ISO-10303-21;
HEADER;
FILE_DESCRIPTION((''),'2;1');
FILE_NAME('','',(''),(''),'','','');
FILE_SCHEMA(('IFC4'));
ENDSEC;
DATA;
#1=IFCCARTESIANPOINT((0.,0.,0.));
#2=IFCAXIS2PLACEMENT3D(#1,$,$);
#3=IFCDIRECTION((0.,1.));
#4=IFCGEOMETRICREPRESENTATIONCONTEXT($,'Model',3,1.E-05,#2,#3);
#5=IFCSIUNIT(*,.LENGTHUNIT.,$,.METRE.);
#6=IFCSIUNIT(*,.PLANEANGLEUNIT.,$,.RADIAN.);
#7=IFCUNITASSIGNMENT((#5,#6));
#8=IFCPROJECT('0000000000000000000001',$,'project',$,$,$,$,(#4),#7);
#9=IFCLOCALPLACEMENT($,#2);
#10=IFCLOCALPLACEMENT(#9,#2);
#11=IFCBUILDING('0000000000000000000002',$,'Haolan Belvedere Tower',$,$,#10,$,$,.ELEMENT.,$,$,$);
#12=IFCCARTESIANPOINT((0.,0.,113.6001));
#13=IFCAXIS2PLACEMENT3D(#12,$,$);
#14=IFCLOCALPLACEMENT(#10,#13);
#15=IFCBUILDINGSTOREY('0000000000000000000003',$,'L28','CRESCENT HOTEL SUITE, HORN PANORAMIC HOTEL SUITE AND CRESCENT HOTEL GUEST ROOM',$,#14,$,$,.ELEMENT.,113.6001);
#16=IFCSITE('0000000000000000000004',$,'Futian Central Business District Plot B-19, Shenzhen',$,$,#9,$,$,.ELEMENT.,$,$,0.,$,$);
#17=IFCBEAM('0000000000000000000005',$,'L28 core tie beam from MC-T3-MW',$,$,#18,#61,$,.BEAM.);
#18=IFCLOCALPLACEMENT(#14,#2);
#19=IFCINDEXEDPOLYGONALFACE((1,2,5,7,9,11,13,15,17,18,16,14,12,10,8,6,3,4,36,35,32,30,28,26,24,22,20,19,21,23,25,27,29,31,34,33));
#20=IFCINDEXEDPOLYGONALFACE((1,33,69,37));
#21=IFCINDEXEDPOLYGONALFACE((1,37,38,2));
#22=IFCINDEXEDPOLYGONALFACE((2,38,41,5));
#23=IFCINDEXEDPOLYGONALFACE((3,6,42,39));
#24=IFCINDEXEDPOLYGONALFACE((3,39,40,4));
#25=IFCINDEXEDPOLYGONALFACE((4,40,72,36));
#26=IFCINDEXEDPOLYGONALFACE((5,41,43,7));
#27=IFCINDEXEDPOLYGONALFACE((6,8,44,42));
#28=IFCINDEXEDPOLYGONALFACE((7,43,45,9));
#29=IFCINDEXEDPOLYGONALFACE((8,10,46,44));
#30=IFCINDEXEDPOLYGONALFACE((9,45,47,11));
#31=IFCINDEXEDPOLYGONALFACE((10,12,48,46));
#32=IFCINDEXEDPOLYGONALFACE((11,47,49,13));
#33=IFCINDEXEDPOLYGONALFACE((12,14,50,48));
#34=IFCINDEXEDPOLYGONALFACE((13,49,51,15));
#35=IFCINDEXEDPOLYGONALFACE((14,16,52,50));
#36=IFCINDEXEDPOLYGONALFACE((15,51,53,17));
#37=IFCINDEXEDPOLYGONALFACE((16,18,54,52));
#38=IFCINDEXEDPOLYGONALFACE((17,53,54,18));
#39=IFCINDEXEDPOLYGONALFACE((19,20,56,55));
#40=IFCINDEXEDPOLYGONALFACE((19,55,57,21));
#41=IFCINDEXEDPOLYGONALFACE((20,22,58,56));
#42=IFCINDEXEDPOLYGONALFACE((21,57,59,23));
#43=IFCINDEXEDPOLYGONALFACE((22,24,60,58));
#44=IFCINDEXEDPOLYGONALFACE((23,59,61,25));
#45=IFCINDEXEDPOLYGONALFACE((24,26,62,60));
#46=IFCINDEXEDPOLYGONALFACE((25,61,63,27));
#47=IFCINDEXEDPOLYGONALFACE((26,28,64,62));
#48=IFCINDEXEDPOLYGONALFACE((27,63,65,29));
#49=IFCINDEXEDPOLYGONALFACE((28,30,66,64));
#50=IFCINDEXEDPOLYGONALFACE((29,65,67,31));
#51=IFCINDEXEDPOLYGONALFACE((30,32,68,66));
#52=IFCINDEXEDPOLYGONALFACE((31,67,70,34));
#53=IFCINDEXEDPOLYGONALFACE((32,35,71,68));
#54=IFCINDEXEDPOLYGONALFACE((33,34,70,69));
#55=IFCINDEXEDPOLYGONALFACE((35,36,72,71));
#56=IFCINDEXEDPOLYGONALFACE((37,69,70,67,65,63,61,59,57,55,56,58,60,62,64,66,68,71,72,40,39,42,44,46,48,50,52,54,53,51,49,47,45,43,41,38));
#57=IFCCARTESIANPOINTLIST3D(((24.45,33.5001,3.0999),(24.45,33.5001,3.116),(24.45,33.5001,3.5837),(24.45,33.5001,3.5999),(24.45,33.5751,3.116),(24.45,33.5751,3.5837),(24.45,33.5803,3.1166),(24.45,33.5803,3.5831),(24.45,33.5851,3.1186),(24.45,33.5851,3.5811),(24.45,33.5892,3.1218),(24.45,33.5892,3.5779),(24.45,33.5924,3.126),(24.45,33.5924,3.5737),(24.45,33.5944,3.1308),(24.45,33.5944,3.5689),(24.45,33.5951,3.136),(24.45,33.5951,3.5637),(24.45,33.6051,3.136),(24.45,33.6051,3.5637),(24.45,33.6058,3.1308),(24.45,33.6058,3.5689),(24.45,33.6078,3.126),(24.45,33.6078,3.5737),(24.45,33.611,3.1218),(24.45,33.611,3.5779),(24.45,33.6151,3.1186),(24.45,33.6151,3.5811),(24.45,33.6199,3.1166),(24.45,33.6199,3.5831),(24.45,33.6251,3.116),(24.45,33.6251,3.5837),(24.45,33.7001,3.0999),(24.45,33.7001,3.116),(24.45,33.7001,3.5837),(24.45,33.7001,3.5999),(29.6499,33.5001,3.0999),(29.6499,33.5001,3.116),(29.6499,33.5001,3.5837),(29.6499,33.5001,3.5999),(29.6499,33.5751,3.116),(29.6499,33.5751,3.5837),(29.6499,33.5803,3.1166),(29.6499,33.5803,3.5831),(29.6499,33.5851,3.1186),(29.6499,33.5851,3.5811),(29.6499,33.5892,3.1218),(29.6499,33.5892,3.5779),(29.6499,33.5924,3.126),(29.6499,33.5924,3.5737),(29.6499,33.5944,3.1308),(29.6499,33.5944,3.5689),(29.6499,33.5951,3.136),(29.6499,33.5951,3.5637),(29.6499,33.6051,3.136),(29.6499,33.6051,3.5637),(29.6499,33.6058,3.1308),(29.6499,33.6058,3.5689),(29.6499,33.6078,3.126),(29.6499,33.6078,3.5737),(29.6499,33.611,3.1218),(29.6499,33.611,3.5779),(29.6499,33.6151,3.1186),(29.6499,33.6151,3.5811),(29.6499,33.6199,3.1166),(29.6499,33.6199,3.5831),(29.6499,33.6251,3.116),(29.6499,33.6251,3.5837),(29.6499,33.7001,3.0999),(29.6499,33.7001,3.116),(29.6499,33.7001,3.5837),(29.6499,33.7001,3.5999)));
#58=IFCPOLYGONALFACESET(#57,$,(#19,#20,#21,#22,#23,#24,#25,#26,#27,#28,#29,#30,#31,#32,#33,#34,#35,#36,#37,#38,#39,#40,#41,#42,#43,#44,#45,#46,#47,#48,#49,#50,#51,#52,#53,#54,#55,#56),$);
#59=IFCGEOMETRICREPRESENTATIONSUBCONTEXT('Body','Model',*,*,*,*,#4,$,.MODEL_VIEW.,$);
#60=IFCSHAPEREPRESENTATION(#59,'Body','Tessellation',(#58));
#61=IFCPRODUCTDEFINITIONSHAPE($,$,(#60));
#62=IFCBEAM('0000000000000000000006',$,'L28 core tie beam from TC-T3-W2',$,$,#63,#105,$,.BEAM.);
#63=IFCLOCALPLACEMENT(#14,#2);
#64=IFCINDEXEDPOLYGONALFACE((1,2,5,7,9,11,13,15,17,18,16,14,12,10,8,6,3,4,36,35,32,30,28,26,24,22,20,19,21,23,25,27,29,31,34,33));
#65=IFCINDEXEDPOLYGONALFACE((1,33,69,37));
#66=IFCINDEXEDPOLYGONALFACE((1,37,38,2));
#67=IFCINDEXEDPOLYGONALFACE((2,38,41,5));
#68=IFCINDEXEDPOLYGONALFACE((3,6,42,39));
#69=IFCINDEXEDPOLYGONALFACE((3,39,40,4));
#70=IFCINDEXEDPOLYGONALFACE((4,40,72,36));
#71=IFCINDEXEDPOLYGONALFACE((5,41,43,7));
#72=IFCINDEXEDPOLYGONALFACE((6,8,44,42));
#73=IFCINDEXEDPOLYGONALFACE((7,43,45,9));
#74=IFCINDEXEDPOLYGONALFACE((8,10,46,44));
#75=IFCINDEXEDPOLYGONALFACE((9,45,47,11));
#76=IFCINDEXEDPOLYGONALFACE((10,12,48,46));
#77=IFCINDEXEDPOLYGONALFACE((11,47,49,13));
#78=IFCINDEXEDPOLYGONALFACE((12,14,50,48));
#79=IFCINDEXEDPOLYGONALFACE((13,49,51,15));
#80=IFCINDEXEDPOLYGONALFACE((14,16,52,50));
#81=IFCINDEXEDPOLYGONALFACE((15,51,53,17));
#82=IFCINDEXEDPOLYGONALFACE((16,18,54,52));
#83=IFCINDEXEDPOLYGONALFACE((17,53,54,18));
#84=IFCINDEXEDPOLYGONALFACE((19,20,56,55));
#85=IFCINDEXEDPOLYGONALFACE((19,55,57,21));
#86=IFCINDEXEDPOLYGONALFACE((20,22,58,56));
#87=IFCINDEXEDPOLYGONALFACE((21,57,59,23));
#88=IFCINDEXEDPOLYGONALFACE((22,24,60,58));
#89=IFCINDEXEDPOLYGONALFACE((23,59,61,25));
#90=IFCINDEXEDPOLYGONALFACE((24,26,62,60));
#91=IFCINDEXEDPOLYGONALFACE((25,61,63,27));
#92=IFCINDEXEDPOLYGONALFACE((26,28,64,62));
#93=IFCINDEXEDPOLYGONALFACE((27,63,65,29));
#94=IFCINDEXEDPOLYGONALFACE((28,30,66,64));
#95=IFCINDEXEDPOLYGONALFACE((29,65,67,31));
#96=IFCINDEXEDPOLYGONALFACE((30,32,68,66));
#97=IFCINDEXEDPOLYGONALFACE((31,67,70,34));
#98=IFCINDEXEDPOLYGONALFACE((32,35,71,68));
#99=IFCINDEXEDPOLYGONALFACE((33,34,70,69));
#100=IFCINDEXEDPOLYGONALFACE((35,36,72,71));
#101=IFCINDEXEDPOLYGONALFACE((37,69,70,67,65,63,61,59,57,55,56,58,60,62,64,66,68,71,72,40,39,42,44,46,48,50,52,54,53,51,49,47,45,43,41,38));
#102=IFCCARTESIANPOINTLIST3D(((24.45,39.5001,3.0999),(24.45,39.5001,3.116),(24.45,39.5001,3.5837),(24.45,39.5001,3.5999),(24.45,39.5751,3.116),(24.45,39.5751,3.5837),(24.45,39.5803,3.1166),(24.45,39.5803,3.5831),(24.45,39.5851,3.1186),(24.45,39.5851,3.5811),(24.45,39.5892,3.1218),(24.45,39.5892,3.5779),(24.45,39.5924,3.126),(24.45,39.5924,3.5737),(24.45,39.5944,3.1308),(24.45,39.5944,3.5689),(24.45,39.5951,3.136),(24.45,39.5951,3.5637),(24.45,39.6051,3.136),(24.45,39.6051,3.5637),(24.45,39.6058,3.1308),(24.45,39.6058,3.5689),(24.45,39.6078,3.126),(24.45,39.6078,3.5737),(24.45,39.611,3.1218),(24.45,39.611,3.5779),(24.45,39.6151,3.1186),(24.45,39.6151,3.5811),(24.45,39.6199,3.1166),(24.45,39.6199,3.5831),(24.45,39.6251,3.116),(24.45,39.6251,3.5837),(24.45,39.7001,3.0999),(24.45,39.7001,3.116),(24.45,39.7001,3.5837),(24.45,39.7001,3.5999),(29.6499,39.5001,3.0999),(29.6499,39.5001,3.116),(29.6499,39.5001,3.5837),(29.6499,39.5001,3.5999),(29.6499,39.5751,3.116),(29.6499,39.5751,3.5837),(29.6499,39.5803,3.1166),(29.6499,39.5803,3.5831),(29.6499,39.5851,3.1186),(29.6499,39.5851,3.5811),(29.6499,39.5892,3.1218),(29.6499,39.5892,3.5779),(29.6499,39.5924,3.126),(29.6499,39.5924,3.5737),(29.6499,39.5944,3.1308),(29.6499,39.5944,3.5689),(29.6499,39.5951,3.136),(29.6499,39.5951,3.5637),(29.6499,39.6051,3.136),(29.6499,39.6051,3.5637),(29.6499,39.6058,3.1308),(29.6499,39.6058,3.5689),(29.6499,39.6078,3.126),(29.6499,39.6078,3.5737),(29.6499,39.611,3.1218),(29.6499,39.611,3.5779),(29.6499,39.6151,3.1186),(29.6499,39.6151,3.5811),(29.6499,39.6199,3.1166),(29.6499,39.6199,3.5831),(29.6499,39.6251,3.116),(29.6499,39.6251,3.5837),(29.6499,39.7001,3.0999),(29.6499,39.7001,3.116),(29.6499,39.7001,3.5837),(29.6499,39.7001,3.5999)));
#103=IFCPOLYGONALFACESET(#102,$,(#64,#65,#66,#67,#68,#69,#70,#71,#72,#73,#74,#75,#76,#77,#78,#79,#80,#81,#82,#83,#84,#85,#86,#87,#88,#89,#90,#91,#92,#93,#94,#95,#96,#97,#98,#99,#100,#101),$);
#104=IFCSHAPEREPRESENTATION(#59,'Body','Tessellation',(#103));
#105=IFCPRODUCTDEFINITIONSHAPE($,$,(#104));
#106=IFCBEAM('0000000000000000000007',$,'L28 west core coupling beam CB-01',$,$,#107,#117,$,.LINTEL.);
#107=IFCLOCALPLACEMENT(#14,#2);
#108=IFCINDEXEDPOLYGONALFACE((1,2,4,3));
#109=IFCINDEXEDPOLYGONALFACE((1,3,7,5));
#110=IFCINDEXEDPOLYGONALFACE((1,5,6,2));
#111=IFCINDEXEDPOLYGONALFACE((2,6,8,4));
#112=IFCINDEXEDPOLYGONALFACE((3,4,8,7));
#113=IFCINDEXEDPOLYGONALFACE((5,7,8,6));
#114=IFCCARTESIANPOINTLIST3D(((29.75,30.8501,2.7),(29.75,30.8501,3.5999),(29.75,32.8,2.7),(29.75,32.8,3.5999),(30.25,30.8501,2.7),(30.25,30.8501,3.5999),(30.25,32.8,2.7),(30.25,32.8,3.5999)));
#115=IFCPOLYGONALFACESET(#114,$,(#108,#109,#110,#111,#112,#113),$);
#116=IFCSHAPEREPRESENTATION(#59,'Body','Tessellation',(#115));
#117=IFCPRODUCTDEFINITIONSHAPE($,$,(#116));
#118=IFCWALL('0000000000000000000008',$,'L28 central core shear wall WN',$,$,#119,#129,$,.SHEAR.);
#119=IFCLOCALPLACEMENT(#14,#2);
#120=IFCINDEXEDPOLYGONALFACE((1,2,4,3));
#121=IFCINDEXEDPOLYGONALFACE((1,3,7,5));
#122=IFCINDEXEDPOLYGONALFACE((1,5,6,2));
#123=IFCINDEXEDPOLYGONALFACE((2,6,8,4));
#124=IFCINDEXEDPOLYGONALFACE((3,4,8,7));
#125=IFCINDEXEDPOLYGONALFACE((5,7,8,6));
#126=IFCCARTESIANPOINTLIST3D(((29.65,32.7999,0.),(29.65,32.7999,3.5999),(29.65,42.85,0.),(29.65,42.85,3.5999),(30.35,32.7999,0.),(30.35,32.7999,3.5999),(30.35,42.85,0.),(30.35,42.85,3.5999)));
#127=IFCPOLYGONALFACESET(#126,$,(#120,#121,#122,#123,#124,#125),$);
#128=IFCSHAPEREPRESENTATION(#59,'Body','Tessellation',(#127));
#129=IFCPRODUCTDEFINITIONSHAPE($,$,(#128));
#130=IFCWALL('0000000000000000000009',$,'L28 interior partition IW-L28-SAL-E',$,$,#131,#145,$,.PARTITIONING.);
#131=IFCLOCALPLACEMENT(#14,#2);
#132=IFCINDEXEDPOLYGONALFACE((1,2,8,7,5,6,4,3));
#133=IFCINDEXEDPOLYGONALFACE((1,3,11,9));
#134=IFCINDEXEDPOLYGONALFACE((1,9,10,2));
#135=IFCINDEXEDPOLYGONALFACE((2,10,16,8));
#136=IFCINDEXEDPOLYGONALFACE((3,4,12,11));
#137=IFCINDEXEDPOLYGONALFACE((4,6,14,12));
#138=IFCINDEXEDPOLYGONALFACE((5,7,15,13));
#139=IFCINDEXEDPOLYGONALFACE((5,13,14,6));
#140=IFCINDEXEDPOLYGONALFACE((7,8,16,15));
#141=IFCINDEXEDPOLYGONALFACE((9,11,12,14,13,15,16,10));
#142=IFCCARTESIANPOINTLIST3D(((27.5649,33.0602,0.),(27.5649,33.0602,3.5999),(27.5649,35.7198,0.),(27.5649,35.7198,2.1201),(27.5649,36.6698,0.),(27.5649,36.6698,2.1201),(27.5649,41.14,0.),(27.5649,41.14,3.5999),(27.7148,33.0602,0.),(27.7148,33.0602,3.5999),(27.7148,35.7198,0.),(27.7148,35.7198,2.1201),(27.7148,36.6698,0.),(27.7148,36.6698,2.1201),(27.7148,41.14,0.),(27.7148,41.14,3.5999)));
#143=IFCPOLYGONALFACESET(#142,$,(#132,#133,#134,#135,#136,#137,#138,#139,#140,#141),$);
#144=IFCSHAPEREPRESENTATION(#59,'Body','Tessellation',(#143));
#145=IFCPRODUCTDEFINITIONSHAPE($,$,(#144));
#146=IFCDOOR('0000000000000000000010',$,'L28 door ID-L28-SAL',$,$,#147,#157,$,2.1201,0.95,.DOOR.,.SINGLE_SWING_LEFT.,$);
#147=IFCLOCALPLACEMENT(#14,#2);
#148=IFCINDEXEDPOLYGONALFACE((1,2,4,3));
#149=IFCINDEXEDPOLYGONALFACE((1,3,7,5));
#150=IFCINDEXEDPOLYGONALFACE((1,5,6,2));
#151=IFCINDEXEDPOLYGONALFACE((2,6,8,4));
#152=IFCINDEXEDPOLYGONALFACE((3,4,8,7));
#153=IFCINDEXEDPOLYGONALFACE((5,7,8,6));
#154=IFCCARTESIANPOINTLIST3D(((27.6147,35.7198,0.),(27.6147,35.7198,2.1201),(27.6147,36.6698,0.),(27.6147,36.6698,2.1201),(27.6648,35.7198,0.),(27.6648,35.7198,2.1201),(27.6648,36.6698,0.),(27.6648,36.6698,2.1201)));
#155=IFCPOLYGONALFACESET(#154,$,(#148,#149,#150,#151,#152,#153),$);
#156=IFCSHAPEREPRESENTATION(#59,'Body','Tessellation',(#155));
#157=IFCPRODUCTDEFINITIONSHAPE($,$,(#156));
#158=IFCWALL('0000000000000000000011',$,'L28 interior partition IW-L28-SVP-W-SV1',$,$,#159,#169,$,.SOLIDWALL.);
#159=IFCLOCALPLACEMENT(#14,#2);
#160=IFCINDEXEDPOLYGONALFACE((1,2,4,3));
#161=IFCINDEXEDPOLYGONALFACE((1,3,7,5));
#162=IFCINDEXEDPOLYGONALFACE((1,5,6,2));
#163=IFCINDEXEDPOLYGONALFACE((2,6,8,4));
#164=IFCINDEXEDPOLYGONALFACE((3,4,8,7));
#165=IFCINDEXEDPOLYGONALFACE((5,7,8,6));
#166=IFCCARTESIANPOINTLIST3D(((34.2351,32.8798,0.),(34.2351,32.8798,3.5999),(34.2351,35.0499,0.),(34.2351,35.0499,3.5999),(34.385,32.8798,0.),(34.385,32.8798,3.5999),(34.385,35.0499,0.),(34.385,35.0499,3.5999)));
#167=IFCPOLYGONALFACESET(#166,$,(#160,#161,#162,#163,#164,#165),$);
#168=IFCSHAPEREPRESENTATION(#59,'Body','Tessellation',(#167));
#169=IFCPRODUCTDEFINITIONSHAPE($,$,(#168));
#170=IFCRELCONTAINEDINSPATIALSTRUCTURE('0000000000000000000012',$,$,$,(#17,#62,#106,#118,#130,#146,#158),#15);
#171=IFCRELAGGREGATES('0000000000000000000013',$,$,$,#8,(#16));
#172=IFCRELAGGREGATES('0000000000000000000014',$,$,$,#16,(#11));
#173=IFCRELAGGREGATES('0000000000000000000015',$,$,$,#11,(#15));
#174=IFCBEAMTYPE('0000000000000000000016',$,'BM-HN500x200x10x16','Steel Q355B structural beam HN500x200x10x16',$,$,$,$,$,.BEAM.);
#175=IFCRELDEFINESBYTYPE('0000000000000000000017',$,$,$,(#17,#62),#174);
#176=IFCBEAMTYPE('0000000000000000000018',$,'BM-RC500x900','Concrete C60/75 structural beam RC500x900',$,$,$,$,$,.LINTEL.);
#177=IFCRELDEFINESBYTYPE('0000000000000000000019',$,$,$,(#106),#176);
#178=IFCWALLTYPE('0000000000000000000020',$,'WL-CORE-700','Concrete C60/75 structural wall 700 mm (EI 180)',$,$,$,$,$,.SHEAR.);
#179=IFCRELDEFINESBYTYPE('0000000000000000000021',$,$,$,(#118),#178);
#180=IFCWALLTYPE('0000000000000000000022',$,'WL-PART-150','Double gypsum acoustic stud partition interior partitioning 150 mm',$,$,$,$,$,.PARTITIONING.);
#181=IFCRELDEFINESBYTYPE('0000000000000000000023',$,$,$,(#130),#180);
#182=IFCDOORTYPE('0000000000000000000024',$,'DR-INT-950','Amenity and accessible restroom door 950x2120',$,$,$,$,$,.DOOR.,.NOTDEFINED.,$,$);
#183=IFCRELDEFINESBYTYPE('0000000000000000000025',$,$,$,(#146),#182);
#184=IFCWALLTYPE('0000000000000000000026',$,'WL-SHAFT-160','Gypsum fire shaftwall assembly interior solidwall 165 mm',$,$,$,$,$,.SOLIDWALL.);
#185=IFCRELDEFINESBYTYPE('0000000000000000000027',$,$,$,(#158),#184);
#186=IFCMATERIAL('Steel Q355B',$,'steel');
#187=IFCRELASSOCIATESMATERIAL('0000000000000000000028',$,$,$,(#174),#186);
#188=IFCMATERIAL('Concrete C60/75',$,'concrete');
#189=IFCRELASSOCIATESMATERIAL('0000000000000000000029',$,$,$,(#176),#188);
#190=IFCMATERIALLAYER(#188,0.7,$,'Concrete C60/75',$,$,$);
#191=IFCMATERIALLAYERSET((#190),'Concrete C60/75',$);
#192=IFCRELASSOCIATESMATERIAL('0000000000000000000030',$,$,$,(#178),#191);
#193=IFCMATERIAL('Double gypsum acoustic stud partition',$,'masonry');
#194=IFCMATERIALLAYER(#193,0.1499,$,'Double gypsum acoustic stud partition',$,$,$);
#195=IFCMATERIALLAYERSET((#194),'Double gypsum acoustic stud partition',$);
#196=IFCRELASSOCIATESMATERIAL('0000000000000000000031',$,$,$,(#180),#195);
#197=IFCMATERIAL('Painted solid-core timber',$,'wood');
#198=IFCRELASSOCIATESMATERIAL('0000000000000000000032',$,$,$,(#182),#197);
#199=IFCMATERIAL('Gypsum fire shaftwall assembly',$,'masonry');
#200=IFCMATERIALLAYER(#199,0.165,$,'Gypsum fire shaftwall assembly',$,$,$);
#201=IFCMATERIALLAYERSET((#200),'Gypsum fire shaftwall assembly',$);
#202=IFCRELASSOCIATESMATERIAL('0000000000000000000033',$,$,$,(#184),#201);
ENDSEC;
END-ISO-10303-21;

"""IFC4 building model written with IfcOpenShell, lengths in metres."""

from ifc_helpers import new_model, si_unit, direction, frame, frame_2d, origin, origin_2d, place, context, subcontext, project, spatial, rectangle, i_section, extrude, material, layer, layer_set, material_profile, profile_set, type_object, element, fill, save


model = new_model("IFC4")

# Units and contexts
model_context = context("Model", 3, precision=1e-05, world=origin(), true_north=direction((0.0, 1.0)))
body_context = subcontext(model_context, "Body", "Model", "MODEL_VIEW")
ifc_project = project(units=[si_unit("LENGTHUNIT", "METRE"), si_unit("PLANEANGLEUNIT", "RADIAN")], contexts=[model_context])

# Site, building, storey
site_placement = place(None, origin())
site = spatial("IfcSite", under=ifc_project, at=site_placement, Name="Futian Central Business District Plot B-19, Shenzhen", CompositionType="ELEMENT", RefElevation=0.0)
building_placement = place(site_placement, origin())
building = spatial("IfcBuilding", under=site, at=building_placement, Name="Haolan Belvedere Tower", CompositionType="ELEMENT")
storey_placement = place(building_placement, frame((0.0, 0.0, 113.6001)))
storey = spatial("IfcBuildingStorey", under=building, at=storey_placement, Name="L28", Description="CRESCENT HOTEL SUITE, HORN PANORAMIC HOTEL SUITE AND CRESCENT HOTEL GUEST ROOM", CompositionType="ELEMENT", Elevation=113.6001)

# Beams
ifc_material_1 = material(Name="Steel Q355B", Category="steel")
ifc_material_profile_1 = material_profile(ifc_material_1, i_section(OverallWidth=0.2, OverallDepth=0.5, WebThickness=0.01, FlangeThickness=0.0161, FilletRadius=0.02, at=origin_2d()), Name="Steel Q355B")
ifc_profile_set_1 = profile_set([ifc_material_profile_1], Name="Steel Q355B")
beam_type_1 = type_object("IfcBeamType", Name="BM-HN500x200x10x16", Description="Steel Q355B structural beam HN500x200x10x16", PredefinedType="BEAM", material=ifc_profile_set_1)
for number, where, z_axis, x_axis, name in (
    (1, (24.45, 33.6001, 3.3499), (1.0, 0.0, 0.0), (0.0, 1.0, 0.0), "L28 core tie beam from MC-T3-MW"),
    (2, (24.45, 39.6001, 3.3499), (1.0, 0.0, 0.0), (0.0, 1.0, 0.0), "L28 core tie beam from TC-T3-W2"),
):
    element("IfcBeam", number, at=place(storey_placement, frame(where, z_axis=z_axis, x_axis=x_axis)), inside=storey, type_object=beam_type_1, Name=name, PredefinedType="BEAM", context=body_context, shape_type="SweptSolid", body=[
        extrude(i_section(OverallWidth=0.2, OverallDepth=0.5, WebThickness=0.01, FlangeThickness=0.0161, FilletRadius=0.02, at=origin_2d()), origin(), (0.0, 0.0, 1.0), 5.2),
    ])
ifc_material_2 = material(Name="Concrete C60/75", Category="concrete")
ifc_material_profile_2 = material_profile(ifc_material_2, rectangle(XDim=0.5, YDim=0.8999, at=origin_2d()), Name="Concrete C60/75")
ifc_profile_set_2 = profile_set([ifc_material_profile_2], Name="Concrete C60/75")
beam_type_2 = type_object("IfcBeamType", Name="BM-RC500x900", Description="Concrete C60/75 structural beam RC500x900", PredefinedType="LINTEL", material=ifc_profile_set_2)
beam_placement = place(storey_placement, frame((30.0, 30.8501, 3.1499), z_axis=(0.0, 1.0, 0.0), x_axis=(-1.0, 0.0, 0.0)))
element("IfcBeam", 3, at=beam_placement, inside=storey, type_object=beam_type_2, Name="L28 west core coupling beam CB-01", PredefinedType="LINTEL", context=body_context, shape_type="SweptSolid", body=[
    extrude(rectangle(XDim=0.5, YDim=0.8999, at=origin_2d()), origin(), (0.0, 0.0, 1.0), 1.95),
])

# Wall
ifc_layer_1 = layer(ifc_material_2, 0.7, Name="Concrete C60/75")
ifc_layer_set_1 = layer_set([ifc_layer_1], Name="Concrete C60/75")
wall_type_1 = type_object("IfcWallType", Name="WL-CORE-700", Description="Concrete C60/75 structural wall 700 mm (EI 180)", PredefinedType="SHEAR", material=ifc_layer_set_1)
wall_1_placement = place(storey_placement, frame((30.0, 32.8, 0.0), z_axis=(0.0, 0.0, 1.0), x_axis=(0.0, 1.0, 0.0)))
element("IfcWall", 4, at=wall_1_placement, inside=storey, type_object=wall_type_1, Name="L28 central core shear wall WN", PredefinedType="SHEAR", context=body_context, shape_type="SweptSolid", body=[
    extrude(rectangle(XDim=10.05, YDim=0.7, at=frame_2d((5.0249, 0.0))), origin(), (0.0, 0.0, 1.0), 3.5999),
])

# Wall, opening, door
ifc_material_3 = material(Name="Double gypsum acoustic stud partition", Category="masonry")
ifc_layer_2 = layer(ifc_material_3, 0.1499, Name="Double gypsum acoustic stud partition")
ifc_layer_set_2 = layer_set([ifc_layer_2], Name="Double gypsum acoustic stud partition")
wall_type_2 = type_object("IfcWallType", Name="WL-PART-150", Description="Double gypsum acoustic stud partition interior partitioning 150 mm", PredefinedType="PARTITIONING", material=ifc_layer_set_2)
wall_2_placement = place(storey_placement, frame((27.6399, 33.0601, 0.0), z_axis=(0.0, 0.0, 1.0), x_axis=(0.0, 1.0, 0.0)))
wall_2 = element("IfcWall", 5, at=wall_2_placement, inside=storey, type_object=wall_type_2, Name="L28 interior partition IW-L28-SAL-E", PredefinedType="PARTITIONING", context=body_context, shape_type="SweptSolid", body=[
    extrude(rectangle(XDim=8.0798, YDim=0.1499, at=frame_2d((4.04, 0.0))), origin(), (0.0, 0.0, 1.0), 3.5999),
])
opening_1_placement = place(wall_2_placement, frame((3.6099, 0.0, 0.0), z_axis=(0.0, 0.0, 1.0), x_axis=(-1.0, 0.0, 0.0)))
opening_1 = element("IfcOpeningElement", 6, at=opening_1_placement, cuts=wall_2, PredefinedType="OPENING", context=body_context, shape_type="SweptSolid", body=[
    extrude(rectangle(XDim=0.95, YDim=2.1201, at=frame_2d((0.4751, 1.0601))), frame((0.0, 0.085, 0.0), z_axis=(0.0, -1.0, 0.0), x_axis=(1.0, 0.0, 0.0)), (0.0, 0.0, 1.0), 0.1699),
])
ifc_material_4 = material(Name="Painted solid-core timber", Category="wood")
door_type_1 = type_object("IfcDoorType", Name="DR-INT-950", Description="Amenity and accessible restroom door 950x2120", OperationType="NOTDEFINED", PredefinedType="DOOR", material=ifc_material_4)
door_1_placement = place(opening_1_placement, origin())
door_1 = element("IfcDoor", 7, at=door_1_placement, inside=storey, type_object=door_type_1, Name="L28 door ID-L28-SAL", OperationType="SINGLE_SWING_LEFT", OverallHeight=2.1201, OverallWidth=0.95, PredefinedType="DOOR", context=body_context, shape_type="SweptSolid", body=[
    extrude(rectangle(XDim=0.95, YDim=2.1201, at=frame_2d((0.4751, 1.0601))), frame((0.0, 0.0249, 0.0), z_axis=(0.0, -1.0, 0.0), x_axis=(1.0, 0.0, 0.0)), (0.0, 0.0, 1.0), 0.05),
])
fill(opening_1, door_1)

# Wall
ifc_material_5 = material(Name="Gypsum fire shaftwall assembly", Category="masonry")
ifc_layer_3 = layer(ifc_material_5, 0.165, Name="Gypsum fire shaftwall assembly")
ifc_layer_set_3 = layer_set([ifc_layer_3], Name="Gypsum fire shaftwall assembly")
wall_type_3 = type_object("IfcWallType", Name="WL-SHAFT-160", Description="Gypsum fire shaftwall assembly interior solidwall 165 mm", PredefinedType="SOLIDWALL", material=ifc_layer_set_3)
wall_3_placement = place(storey_placement, frame((34.3101, 32.8799, 0.0), z_axis=(0.0, 0.0, 1.0), x_axis=(0.0, 1.0, 0.0)))
element("IfcWall", 8, at=wall_3_placement, inside=storey, type_object=wall_type_3, Name="L28 interior partition IW-L28-SVP-W-SV1", PredefinedType="SOLIDWALL", context=body_context, shape_type="SweptSolid", body=[
    extrude(rectangle(XDim=2.1702, YDim=0.1499, at=frame_2d((1.085, 0.0))), origin(), (0.0, 0.0, 1.0), 3.5999),
])

save(model, "model.ifc")
